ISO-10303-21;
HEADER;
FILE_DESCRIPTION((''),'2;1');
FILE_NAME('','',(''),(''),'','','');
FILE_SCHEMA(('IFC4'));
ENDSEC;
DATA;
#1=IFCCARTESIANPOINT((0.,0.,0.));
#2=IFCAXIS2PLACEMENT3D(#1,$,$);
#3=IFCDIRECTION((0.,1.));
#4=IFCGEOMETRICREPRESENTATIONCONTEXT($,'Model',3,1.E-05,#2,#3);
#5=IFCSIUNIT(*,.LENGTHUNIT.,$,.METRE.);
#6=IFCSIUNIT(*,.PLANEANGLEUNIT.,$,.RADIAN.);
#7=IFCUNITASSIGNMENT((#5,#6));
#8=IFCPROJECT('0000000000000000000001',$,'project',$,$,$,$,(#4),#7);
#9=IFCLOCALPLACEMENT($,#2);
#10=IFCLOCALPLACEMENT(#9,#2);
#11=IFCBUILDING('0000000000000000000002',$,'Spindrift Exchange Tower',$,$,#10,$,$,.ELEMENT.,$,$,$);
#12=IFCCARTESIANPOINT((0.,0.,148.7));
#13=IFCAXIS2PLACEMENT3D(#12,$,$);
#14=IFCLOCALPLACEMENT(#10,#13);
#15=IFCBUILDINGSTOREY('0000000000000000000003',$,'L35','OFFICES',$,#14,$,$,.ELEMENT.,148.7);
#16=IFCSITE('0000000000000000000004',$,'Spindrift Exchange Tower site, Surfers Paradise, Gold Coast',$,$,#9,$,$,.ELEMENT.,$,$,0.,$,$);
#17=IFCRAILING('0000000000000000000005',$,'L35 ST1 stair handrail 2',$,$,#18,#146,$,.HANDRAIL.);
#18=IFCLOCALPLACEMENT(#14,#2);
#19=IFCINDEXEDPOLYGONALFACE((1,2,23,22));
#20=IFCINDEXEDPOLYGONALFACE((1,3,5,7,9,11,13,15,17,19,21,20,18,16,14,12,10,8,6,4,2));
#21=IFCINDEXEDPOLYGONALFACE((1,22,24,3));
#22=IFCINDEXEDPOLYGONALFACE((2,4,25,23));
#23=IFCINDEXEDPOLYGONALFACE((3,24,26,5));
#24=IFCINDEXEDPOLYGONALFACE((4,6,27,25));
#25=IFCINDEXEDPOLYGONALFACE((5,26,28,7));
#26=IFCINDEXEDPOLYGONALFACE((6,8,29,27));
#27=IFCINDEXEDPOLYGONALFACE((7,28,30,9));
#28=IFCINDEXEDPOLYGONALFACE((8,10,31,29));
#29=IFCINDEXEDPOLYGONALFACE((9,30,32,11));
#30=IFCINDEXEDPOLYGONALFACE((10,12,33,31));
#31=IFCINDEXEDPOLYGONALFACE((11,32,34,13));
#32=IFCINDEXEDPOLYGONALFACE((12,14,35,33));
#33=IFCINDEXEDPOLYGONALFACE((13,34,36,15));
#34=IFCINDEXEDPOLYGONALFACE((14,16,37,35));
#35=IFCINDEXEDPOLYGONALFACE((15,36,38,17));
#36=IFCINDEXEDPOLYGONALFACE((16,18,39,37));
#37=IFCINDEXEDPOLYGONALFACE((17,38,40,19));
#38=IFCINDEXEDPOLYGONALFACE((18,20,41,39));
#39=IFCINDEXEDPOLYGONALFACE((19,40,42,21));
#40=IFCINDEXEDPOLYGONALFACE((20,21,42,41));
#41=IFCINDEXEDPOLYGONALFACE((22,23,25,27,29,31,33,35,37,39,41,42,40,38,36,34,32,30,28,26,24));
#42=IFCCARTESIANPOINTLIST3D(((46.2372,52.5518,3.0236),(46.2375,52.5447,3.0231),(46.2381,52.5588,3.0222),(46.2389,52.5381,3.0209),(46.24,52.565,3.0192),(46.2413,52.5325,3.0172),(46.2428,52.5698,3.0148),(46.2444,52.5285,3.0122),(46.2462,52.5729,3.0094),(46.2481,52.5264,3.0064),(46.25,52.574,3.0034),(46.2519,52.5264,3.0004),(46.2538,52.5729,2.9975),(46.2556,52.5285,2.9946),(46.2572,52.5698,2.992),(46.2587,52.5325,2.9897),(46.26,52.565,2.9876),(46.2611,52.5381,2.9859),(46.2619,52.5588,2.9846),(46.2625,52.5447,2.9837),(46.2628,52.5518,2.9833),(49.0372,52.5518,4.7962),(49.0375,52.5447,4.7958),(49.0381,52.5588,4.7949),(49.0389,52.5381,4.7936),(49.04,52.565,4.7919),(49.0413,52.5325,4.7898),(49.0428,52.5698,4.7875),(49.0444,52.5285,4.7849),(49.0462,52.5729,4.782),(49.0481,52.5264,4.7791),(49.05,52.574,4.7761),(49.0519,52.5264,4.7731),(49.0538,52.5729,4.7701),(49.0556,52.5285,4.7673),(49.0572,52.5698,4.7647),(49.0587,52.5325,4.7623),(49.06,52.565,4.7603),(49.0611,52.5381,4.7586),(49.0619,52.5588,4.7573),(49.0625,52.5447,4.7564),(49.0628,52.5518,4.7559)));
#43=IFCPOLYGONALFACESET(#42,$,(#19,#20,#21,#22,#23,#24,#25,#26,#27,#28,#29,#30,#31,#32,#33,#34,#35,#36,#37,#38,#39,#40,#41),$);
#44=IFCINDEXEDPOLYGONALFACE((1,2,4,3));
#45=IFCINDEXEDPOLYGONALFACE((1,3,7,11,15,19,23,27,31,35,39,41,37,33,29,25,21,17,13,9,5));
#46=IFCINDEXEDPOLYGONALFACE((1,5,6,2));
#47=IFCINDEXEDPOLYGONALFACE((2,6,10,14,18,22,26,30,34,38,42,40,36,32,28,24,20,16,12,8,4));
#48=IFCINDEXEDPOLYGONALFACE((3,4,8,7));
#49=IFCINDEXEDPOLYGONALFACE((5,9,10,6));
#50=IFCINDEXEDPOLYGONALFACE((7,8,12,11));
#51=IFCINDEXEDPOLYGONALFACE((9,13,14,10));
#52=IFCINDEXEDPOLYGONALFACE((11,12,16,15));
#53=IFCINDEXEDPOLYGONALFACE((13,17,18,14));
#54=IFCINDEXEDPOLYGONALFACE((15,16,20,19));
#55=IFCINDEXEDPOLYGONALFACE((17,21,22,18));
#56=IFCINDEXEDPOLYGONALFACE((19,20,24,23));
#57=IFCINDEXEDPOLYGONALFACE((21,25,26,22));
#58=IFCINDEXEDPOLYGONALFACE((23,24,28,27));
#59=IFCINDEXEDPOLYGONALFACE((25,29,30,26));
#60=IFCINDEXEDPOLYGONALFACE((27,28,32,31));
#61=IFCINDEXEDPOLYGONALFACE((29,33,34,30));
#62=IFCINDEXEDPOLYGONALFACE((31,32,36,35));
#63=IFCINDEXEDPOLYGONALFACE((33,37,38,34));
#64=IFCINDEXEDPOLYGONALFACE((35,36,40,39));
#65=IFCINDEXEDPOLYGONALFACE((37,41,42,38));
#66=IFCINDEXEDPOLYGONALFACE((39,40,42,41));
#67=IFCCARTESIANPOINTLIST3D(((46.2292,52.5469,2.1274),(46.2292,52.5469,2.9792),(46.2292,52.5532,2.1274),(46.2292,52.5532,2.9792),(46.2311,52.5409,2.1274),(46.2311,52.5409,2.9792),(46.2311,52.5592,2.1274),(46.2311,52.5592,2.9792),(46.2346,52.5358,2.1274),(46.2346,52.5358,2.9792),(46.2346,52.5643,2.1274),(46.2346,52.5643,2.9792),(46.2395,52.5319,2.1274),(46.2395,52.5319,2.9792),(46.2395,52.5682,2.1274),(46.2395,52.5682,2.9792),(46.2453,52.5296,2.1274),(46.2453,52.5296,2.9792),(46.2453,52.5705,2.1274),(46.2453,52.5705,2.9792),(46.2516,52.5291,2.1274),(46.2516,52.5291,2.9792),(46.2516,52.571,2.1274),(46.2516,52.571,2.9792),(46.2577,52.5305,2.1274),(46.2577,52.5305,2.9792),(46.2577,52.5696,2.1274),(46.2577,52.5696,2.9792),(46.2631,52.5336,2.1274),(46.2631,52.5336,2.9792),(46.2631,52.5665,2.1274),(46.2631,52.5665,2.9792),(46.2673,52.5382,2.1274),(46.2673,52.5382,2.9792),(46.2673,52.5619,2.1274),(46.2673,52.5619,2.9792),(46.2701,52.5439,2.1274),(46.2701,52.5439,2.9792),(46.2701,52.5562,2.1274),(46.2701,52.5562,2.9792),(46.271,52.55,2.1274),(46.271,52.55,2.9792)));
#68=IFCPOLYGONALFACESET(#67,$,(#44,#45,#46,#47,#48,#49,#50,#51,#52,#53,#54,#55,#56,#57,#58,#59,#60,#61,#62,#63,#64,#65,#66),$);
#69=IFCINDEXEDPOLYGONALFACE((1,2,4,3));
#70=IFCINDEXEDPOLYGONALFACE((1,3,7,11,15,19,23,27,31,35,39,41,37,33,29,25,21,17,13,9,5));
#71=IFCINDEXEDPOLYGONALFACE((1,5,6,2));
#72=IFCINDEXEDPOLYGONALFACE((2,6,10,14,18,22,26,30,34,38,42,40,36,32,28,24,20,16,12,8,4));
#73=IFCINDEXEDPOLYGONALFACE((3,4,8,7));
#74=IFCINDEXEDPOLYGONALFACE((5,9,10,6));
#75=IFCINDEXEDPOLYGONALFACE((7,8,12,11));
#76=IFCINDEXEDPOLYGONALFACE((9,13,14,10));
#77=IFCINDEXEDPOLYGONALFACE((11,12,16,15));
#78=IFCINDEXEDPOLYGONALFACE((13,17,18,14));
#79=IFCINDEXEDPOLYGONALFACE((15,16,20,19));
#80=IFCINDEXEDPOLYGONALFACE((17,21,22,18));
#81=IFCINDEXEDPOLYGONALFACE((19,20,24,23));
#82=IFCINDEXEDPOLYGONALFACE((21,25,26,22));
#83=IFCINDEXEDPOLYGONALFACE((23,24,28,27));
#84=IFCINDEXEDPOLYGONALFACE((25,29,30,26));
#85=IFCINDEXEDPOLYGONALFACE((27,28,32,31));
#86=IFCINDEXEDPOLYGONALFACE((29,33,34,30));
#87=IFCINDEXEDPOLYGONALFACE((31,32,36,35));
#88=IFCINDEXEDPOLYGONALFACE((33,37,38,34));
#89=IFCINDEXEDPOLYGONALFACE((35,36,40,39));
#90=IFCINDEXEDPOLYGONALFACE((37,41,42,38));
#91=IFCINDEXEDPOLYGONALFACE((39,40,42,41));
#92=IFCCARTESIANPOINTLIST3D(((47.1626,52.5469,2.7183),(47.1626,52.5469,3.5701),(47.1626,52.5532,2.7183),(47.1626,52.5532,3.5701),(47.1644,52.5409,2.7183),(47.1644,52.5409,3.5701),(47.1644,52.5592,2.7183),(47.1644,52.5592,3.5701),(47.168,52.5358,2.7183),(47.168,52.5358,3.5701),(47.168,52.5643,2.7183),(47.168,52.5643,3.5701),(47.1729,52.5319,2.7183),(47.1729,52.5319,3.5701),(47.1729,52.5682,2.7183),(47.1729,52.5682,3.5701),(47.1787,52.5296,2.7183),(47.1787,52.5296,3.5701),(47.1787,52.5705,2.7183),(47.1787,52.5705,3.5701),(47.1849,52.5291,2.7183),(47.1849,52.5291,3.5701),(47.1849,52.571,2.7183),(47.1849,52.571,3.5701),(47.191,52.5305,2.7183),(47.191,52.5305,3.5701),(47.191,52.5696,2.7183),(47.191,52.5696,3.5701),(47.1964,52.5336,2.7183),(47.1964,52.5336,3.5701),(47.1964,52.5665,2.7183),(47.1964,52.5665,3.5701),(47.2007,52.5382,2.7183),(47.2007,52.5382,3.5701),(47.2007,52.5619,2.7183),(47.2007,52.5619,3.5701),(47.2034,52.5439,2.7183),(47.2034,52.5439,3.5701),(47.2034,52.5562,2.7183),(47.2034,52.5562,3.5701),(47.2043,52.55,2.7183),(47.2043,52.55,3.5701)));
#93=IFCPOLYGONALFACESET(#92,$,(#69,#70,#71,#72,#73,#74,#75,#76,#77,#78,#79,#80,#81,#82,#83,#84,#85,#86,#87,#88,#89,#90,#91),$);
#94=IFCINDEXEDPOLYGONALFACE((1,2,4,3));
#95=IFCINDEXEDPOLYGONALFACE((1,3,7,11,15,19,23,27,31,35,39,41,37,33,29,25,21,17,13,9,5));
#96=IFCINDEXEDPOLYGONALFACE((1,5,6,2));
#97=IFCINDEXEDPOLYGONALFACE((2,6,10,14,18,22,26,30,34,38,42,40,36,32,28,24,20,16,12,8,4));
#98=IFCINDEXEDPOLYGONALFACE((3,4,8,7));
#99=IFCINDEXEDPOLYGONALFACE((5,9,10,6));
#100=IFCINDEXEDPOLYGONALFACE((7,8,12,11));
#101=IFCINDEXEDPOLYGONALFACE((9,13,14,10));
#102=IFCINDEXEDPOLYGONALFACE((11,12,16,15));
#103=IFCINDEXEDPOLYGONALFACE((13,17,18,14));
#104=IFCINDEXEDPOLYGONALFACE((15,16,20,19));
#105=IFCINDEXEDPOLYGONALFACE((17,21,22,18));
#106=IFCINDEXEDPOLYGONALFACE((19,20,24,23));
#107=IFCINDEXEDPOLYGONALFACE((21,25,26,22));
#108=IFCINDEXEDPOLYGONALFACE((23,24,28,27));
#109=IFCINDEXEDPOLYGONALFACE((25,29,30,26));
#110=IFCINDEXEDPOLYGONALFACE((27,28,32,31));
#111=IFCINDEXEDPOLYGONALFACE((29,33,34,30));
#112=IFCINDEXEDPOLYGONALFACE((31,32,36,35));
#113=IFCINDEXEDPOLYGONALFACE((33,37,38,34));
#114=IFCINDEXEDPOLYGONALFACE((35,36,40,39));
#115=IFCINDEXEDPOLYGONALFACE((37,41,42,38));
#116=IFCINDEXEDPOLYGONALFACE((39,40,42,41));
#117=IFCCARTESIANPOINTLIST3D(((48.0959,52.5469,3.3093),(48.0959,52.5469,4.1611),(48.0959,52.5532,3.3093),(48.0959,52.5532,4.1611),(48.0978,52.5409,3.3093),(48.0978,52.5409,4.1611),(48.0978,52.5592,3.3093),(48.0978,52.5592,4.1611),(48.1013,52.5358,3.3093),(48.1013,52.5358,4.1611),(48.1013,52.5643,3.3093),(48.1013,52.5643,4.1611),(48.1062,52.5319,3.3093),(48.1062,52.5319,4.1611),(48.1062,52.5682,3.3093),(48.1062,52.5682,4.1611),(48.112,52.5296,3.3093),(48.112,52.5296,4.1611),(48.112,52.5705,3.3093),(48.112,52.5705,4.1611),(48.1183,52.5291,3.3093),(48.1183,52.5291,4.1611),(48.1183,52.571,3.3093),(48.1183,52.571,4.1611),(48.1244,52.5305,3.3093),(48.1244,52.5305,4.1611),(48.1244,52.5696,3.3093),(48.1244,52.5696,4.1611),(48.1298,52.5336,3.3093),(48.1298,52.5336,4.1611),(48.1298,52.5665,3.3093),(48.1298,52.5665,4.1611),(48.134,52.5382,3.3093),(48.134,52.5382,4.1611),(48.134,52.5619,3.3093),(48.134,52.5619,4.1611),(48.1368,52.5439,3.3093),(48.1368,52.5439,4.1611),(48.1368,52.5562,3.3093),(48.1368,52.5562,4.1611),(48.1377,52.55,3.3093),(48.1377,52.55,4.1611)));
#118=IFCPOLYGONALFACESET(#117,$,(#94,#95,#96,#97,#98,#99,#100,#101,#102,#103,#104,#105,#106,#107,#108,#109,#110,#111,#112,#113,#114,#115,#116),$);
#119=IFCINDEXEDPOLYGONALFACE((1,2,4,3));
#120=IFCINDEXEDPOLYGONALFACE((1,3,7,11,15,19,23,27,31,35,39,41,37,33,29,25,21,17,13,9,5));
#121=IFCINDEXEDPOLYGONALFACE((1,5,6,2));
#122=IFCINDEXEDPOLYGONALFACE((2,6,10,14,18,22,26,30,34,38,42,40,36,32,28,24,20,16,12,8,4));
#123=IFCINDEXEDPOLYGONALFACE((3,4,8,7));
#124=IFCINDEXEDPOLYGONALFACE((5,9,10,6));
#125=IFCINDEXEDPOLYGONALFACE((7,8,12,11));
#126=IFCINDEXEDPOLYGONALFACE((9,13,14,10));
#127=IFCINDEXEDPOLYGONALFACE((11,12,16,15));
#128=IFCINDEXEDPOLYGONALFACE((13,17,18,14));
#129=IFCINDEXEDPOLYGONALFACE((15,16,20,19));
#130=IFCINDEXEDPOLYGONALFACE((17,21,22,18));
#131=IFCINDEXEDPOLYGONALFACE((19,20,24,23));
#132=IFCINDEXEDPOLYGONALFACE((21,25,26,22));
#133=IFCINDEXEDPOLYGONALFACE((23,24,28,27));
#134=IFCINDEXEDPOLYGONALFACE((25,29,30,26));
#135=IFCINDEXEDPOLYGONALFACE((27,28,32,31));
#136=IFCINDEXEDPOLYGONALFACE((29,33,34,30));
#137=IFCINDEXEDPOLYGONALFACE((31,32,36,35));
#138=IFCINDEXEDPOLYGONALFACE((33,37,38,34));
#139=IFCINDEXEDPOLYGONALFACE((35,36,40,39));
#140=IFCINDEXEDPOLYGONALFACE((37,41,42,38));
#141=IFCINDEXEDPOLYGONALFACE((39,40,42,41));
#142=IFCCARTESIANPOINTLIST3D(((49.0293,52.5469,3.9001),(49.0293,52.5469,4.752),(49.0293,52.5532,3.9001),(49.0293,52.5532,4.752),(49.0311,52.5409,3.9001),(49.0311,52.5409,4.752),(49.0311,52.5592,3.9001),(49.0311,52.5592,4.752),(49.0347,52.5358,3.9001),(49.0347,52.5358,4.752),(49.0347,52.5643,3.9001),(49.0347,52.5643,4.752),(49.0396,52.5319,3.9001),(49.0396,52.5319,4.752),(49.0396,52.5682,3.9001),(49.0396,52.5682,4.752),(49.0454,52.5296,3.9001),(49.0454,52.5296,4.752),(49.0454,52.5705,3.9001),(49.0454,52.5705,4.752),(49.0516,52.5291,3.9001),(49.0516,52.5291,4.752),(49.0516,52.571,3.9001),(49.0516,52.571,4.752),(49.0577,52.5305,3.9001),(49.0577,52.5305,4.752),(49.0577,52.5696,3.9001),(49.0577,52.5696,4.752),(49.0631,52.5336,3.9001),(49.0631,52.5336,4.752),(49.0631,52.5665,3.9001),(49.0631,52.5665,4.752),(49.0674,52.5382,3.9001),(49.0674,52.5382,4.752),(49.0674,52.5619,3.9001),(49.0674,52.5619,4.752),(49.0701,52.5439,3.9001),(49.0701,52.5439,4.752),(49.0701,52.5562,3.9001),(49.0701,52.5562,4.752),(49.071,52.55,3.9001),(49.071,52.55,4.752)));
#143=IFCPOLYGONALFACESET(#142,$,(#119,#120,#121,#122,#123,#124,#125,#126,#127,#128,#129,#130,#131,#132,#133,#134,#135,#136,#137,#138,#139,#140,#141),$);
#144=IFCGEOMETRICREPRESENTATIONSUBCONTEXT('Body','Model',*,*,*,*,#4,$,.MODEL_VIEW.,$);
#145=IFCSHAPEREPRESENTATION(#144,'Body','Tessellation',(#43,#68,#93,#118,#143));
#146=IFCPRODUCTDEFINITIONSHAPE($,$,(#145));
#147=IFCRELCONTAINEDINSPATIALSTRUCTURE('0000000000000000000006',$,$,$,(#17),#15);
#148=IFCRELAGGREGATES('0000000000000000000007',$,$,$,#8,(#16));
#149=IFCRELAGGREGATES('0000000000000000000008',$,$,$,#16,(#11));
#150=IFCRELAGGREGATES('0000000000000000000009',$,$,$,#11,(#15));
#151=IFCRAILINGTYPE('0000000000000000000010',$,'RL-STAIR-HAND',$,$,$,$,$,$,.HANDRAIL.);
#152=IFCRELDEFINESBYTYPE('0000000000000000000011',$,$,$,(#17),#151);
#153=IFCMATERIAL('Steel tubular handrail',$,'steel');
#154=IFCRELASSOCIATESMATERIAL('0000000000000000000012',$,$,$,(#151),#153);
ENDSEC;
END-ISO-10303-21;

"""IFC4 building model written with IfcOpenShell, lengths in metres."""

from ifc_helpers import new_model, si_unit, direction, frame, origin, origin_2d, place, context, subcontext, project, spatial, circle, extrude, material, type_object, element, save


model = new_model("IFC4")

# Units and contexts
model_context = context("Model", 3, precision=1e-05, world=origin(), true_north=direction((0.0, 1.0)))
body_context = subcontext(model_context, "Body", "Model", "MODEL_VIEW")
ifc_project = project(units=[si_unit("LENGTHUNIT", "METRE"), si_unit("PLANEANGLEUNIT", "RADIAN")], contexts=[model_context])

# Site, building, storey
site_placement = place(None, origin())
site = spatial("IfcSite", under=ifc_project, at=site_placement, Name="Spindrift Exchange Tower site, Surfers Paradise, Gold Coast", CompositionType="ELEMENT", RefElevation=0.0)
building_placement = place(site_placement, origin())
building = spatial("IfcBuilding", under=site, at=building_placement, Name="Spindrift Exchange Tower", CompositionType="ELEMENT")
storey_placement = place(building_placement, frame((0.0, 0.0, 148.7)))
storey = spatial("IfcBuildingStorey", under=building, at=storey_placement, Name="L35", Description="OFFICES", CompositionType="ELEMENT", Elevation=148.7)

# Railing
ifc_material_1 = material(Name="Steel tubular handrail", Category="steel")
railing_type_1 = type_object("IfcRailingType", Name="RL-STAIR-HAND", PredefinedType="HANDRAIL", material=ifc_material_1)
railing_1_placement = place(storey_placement, frame((46.25, 52.55, 2.1274)))
element("IfcRailing", 1, at=railing_1_placement, inside=storey, type_object=railing_type_1, Name="L35 ST1 stair handrail 2", PredefinedType="HANDRAIL", context=body_context, shape_type="SweptSolid", body=[
    extrude(circle(Radius=0.0239, at=origin_2d()), frame((0.0, 0.0, 0.876), z_axis=(0.844909, 0.0, 0.53491), x_axis=(0.0, 1.0, 0.0)), (0.0, 0.0, 1.0), 3.314),
    extrude(circle(Radius=0.021, at=origin_2d()), origin(), (0.0, 0.0, 1.0), 0.8518),
    extrude(circle(Radius=0.021, at=origin_2d()), frame((0.9333, 0.0, 0.5908)), (0.0, 0.0, 1.0), 0.8518),
    extrude(circle(Radius=0.021, at=origin_2d()), frame((1.8667, 0.0, 1.1819)), (0.0, 0.0, 1.0), 0.8518),
    extrude(circle(Radius=0.021, at=origin_2d()), frame((2.8, 0.0, 1.7727)), (0.0, 0.0, 1.0), 0.8518),
])

save(model, "model.ifc")
